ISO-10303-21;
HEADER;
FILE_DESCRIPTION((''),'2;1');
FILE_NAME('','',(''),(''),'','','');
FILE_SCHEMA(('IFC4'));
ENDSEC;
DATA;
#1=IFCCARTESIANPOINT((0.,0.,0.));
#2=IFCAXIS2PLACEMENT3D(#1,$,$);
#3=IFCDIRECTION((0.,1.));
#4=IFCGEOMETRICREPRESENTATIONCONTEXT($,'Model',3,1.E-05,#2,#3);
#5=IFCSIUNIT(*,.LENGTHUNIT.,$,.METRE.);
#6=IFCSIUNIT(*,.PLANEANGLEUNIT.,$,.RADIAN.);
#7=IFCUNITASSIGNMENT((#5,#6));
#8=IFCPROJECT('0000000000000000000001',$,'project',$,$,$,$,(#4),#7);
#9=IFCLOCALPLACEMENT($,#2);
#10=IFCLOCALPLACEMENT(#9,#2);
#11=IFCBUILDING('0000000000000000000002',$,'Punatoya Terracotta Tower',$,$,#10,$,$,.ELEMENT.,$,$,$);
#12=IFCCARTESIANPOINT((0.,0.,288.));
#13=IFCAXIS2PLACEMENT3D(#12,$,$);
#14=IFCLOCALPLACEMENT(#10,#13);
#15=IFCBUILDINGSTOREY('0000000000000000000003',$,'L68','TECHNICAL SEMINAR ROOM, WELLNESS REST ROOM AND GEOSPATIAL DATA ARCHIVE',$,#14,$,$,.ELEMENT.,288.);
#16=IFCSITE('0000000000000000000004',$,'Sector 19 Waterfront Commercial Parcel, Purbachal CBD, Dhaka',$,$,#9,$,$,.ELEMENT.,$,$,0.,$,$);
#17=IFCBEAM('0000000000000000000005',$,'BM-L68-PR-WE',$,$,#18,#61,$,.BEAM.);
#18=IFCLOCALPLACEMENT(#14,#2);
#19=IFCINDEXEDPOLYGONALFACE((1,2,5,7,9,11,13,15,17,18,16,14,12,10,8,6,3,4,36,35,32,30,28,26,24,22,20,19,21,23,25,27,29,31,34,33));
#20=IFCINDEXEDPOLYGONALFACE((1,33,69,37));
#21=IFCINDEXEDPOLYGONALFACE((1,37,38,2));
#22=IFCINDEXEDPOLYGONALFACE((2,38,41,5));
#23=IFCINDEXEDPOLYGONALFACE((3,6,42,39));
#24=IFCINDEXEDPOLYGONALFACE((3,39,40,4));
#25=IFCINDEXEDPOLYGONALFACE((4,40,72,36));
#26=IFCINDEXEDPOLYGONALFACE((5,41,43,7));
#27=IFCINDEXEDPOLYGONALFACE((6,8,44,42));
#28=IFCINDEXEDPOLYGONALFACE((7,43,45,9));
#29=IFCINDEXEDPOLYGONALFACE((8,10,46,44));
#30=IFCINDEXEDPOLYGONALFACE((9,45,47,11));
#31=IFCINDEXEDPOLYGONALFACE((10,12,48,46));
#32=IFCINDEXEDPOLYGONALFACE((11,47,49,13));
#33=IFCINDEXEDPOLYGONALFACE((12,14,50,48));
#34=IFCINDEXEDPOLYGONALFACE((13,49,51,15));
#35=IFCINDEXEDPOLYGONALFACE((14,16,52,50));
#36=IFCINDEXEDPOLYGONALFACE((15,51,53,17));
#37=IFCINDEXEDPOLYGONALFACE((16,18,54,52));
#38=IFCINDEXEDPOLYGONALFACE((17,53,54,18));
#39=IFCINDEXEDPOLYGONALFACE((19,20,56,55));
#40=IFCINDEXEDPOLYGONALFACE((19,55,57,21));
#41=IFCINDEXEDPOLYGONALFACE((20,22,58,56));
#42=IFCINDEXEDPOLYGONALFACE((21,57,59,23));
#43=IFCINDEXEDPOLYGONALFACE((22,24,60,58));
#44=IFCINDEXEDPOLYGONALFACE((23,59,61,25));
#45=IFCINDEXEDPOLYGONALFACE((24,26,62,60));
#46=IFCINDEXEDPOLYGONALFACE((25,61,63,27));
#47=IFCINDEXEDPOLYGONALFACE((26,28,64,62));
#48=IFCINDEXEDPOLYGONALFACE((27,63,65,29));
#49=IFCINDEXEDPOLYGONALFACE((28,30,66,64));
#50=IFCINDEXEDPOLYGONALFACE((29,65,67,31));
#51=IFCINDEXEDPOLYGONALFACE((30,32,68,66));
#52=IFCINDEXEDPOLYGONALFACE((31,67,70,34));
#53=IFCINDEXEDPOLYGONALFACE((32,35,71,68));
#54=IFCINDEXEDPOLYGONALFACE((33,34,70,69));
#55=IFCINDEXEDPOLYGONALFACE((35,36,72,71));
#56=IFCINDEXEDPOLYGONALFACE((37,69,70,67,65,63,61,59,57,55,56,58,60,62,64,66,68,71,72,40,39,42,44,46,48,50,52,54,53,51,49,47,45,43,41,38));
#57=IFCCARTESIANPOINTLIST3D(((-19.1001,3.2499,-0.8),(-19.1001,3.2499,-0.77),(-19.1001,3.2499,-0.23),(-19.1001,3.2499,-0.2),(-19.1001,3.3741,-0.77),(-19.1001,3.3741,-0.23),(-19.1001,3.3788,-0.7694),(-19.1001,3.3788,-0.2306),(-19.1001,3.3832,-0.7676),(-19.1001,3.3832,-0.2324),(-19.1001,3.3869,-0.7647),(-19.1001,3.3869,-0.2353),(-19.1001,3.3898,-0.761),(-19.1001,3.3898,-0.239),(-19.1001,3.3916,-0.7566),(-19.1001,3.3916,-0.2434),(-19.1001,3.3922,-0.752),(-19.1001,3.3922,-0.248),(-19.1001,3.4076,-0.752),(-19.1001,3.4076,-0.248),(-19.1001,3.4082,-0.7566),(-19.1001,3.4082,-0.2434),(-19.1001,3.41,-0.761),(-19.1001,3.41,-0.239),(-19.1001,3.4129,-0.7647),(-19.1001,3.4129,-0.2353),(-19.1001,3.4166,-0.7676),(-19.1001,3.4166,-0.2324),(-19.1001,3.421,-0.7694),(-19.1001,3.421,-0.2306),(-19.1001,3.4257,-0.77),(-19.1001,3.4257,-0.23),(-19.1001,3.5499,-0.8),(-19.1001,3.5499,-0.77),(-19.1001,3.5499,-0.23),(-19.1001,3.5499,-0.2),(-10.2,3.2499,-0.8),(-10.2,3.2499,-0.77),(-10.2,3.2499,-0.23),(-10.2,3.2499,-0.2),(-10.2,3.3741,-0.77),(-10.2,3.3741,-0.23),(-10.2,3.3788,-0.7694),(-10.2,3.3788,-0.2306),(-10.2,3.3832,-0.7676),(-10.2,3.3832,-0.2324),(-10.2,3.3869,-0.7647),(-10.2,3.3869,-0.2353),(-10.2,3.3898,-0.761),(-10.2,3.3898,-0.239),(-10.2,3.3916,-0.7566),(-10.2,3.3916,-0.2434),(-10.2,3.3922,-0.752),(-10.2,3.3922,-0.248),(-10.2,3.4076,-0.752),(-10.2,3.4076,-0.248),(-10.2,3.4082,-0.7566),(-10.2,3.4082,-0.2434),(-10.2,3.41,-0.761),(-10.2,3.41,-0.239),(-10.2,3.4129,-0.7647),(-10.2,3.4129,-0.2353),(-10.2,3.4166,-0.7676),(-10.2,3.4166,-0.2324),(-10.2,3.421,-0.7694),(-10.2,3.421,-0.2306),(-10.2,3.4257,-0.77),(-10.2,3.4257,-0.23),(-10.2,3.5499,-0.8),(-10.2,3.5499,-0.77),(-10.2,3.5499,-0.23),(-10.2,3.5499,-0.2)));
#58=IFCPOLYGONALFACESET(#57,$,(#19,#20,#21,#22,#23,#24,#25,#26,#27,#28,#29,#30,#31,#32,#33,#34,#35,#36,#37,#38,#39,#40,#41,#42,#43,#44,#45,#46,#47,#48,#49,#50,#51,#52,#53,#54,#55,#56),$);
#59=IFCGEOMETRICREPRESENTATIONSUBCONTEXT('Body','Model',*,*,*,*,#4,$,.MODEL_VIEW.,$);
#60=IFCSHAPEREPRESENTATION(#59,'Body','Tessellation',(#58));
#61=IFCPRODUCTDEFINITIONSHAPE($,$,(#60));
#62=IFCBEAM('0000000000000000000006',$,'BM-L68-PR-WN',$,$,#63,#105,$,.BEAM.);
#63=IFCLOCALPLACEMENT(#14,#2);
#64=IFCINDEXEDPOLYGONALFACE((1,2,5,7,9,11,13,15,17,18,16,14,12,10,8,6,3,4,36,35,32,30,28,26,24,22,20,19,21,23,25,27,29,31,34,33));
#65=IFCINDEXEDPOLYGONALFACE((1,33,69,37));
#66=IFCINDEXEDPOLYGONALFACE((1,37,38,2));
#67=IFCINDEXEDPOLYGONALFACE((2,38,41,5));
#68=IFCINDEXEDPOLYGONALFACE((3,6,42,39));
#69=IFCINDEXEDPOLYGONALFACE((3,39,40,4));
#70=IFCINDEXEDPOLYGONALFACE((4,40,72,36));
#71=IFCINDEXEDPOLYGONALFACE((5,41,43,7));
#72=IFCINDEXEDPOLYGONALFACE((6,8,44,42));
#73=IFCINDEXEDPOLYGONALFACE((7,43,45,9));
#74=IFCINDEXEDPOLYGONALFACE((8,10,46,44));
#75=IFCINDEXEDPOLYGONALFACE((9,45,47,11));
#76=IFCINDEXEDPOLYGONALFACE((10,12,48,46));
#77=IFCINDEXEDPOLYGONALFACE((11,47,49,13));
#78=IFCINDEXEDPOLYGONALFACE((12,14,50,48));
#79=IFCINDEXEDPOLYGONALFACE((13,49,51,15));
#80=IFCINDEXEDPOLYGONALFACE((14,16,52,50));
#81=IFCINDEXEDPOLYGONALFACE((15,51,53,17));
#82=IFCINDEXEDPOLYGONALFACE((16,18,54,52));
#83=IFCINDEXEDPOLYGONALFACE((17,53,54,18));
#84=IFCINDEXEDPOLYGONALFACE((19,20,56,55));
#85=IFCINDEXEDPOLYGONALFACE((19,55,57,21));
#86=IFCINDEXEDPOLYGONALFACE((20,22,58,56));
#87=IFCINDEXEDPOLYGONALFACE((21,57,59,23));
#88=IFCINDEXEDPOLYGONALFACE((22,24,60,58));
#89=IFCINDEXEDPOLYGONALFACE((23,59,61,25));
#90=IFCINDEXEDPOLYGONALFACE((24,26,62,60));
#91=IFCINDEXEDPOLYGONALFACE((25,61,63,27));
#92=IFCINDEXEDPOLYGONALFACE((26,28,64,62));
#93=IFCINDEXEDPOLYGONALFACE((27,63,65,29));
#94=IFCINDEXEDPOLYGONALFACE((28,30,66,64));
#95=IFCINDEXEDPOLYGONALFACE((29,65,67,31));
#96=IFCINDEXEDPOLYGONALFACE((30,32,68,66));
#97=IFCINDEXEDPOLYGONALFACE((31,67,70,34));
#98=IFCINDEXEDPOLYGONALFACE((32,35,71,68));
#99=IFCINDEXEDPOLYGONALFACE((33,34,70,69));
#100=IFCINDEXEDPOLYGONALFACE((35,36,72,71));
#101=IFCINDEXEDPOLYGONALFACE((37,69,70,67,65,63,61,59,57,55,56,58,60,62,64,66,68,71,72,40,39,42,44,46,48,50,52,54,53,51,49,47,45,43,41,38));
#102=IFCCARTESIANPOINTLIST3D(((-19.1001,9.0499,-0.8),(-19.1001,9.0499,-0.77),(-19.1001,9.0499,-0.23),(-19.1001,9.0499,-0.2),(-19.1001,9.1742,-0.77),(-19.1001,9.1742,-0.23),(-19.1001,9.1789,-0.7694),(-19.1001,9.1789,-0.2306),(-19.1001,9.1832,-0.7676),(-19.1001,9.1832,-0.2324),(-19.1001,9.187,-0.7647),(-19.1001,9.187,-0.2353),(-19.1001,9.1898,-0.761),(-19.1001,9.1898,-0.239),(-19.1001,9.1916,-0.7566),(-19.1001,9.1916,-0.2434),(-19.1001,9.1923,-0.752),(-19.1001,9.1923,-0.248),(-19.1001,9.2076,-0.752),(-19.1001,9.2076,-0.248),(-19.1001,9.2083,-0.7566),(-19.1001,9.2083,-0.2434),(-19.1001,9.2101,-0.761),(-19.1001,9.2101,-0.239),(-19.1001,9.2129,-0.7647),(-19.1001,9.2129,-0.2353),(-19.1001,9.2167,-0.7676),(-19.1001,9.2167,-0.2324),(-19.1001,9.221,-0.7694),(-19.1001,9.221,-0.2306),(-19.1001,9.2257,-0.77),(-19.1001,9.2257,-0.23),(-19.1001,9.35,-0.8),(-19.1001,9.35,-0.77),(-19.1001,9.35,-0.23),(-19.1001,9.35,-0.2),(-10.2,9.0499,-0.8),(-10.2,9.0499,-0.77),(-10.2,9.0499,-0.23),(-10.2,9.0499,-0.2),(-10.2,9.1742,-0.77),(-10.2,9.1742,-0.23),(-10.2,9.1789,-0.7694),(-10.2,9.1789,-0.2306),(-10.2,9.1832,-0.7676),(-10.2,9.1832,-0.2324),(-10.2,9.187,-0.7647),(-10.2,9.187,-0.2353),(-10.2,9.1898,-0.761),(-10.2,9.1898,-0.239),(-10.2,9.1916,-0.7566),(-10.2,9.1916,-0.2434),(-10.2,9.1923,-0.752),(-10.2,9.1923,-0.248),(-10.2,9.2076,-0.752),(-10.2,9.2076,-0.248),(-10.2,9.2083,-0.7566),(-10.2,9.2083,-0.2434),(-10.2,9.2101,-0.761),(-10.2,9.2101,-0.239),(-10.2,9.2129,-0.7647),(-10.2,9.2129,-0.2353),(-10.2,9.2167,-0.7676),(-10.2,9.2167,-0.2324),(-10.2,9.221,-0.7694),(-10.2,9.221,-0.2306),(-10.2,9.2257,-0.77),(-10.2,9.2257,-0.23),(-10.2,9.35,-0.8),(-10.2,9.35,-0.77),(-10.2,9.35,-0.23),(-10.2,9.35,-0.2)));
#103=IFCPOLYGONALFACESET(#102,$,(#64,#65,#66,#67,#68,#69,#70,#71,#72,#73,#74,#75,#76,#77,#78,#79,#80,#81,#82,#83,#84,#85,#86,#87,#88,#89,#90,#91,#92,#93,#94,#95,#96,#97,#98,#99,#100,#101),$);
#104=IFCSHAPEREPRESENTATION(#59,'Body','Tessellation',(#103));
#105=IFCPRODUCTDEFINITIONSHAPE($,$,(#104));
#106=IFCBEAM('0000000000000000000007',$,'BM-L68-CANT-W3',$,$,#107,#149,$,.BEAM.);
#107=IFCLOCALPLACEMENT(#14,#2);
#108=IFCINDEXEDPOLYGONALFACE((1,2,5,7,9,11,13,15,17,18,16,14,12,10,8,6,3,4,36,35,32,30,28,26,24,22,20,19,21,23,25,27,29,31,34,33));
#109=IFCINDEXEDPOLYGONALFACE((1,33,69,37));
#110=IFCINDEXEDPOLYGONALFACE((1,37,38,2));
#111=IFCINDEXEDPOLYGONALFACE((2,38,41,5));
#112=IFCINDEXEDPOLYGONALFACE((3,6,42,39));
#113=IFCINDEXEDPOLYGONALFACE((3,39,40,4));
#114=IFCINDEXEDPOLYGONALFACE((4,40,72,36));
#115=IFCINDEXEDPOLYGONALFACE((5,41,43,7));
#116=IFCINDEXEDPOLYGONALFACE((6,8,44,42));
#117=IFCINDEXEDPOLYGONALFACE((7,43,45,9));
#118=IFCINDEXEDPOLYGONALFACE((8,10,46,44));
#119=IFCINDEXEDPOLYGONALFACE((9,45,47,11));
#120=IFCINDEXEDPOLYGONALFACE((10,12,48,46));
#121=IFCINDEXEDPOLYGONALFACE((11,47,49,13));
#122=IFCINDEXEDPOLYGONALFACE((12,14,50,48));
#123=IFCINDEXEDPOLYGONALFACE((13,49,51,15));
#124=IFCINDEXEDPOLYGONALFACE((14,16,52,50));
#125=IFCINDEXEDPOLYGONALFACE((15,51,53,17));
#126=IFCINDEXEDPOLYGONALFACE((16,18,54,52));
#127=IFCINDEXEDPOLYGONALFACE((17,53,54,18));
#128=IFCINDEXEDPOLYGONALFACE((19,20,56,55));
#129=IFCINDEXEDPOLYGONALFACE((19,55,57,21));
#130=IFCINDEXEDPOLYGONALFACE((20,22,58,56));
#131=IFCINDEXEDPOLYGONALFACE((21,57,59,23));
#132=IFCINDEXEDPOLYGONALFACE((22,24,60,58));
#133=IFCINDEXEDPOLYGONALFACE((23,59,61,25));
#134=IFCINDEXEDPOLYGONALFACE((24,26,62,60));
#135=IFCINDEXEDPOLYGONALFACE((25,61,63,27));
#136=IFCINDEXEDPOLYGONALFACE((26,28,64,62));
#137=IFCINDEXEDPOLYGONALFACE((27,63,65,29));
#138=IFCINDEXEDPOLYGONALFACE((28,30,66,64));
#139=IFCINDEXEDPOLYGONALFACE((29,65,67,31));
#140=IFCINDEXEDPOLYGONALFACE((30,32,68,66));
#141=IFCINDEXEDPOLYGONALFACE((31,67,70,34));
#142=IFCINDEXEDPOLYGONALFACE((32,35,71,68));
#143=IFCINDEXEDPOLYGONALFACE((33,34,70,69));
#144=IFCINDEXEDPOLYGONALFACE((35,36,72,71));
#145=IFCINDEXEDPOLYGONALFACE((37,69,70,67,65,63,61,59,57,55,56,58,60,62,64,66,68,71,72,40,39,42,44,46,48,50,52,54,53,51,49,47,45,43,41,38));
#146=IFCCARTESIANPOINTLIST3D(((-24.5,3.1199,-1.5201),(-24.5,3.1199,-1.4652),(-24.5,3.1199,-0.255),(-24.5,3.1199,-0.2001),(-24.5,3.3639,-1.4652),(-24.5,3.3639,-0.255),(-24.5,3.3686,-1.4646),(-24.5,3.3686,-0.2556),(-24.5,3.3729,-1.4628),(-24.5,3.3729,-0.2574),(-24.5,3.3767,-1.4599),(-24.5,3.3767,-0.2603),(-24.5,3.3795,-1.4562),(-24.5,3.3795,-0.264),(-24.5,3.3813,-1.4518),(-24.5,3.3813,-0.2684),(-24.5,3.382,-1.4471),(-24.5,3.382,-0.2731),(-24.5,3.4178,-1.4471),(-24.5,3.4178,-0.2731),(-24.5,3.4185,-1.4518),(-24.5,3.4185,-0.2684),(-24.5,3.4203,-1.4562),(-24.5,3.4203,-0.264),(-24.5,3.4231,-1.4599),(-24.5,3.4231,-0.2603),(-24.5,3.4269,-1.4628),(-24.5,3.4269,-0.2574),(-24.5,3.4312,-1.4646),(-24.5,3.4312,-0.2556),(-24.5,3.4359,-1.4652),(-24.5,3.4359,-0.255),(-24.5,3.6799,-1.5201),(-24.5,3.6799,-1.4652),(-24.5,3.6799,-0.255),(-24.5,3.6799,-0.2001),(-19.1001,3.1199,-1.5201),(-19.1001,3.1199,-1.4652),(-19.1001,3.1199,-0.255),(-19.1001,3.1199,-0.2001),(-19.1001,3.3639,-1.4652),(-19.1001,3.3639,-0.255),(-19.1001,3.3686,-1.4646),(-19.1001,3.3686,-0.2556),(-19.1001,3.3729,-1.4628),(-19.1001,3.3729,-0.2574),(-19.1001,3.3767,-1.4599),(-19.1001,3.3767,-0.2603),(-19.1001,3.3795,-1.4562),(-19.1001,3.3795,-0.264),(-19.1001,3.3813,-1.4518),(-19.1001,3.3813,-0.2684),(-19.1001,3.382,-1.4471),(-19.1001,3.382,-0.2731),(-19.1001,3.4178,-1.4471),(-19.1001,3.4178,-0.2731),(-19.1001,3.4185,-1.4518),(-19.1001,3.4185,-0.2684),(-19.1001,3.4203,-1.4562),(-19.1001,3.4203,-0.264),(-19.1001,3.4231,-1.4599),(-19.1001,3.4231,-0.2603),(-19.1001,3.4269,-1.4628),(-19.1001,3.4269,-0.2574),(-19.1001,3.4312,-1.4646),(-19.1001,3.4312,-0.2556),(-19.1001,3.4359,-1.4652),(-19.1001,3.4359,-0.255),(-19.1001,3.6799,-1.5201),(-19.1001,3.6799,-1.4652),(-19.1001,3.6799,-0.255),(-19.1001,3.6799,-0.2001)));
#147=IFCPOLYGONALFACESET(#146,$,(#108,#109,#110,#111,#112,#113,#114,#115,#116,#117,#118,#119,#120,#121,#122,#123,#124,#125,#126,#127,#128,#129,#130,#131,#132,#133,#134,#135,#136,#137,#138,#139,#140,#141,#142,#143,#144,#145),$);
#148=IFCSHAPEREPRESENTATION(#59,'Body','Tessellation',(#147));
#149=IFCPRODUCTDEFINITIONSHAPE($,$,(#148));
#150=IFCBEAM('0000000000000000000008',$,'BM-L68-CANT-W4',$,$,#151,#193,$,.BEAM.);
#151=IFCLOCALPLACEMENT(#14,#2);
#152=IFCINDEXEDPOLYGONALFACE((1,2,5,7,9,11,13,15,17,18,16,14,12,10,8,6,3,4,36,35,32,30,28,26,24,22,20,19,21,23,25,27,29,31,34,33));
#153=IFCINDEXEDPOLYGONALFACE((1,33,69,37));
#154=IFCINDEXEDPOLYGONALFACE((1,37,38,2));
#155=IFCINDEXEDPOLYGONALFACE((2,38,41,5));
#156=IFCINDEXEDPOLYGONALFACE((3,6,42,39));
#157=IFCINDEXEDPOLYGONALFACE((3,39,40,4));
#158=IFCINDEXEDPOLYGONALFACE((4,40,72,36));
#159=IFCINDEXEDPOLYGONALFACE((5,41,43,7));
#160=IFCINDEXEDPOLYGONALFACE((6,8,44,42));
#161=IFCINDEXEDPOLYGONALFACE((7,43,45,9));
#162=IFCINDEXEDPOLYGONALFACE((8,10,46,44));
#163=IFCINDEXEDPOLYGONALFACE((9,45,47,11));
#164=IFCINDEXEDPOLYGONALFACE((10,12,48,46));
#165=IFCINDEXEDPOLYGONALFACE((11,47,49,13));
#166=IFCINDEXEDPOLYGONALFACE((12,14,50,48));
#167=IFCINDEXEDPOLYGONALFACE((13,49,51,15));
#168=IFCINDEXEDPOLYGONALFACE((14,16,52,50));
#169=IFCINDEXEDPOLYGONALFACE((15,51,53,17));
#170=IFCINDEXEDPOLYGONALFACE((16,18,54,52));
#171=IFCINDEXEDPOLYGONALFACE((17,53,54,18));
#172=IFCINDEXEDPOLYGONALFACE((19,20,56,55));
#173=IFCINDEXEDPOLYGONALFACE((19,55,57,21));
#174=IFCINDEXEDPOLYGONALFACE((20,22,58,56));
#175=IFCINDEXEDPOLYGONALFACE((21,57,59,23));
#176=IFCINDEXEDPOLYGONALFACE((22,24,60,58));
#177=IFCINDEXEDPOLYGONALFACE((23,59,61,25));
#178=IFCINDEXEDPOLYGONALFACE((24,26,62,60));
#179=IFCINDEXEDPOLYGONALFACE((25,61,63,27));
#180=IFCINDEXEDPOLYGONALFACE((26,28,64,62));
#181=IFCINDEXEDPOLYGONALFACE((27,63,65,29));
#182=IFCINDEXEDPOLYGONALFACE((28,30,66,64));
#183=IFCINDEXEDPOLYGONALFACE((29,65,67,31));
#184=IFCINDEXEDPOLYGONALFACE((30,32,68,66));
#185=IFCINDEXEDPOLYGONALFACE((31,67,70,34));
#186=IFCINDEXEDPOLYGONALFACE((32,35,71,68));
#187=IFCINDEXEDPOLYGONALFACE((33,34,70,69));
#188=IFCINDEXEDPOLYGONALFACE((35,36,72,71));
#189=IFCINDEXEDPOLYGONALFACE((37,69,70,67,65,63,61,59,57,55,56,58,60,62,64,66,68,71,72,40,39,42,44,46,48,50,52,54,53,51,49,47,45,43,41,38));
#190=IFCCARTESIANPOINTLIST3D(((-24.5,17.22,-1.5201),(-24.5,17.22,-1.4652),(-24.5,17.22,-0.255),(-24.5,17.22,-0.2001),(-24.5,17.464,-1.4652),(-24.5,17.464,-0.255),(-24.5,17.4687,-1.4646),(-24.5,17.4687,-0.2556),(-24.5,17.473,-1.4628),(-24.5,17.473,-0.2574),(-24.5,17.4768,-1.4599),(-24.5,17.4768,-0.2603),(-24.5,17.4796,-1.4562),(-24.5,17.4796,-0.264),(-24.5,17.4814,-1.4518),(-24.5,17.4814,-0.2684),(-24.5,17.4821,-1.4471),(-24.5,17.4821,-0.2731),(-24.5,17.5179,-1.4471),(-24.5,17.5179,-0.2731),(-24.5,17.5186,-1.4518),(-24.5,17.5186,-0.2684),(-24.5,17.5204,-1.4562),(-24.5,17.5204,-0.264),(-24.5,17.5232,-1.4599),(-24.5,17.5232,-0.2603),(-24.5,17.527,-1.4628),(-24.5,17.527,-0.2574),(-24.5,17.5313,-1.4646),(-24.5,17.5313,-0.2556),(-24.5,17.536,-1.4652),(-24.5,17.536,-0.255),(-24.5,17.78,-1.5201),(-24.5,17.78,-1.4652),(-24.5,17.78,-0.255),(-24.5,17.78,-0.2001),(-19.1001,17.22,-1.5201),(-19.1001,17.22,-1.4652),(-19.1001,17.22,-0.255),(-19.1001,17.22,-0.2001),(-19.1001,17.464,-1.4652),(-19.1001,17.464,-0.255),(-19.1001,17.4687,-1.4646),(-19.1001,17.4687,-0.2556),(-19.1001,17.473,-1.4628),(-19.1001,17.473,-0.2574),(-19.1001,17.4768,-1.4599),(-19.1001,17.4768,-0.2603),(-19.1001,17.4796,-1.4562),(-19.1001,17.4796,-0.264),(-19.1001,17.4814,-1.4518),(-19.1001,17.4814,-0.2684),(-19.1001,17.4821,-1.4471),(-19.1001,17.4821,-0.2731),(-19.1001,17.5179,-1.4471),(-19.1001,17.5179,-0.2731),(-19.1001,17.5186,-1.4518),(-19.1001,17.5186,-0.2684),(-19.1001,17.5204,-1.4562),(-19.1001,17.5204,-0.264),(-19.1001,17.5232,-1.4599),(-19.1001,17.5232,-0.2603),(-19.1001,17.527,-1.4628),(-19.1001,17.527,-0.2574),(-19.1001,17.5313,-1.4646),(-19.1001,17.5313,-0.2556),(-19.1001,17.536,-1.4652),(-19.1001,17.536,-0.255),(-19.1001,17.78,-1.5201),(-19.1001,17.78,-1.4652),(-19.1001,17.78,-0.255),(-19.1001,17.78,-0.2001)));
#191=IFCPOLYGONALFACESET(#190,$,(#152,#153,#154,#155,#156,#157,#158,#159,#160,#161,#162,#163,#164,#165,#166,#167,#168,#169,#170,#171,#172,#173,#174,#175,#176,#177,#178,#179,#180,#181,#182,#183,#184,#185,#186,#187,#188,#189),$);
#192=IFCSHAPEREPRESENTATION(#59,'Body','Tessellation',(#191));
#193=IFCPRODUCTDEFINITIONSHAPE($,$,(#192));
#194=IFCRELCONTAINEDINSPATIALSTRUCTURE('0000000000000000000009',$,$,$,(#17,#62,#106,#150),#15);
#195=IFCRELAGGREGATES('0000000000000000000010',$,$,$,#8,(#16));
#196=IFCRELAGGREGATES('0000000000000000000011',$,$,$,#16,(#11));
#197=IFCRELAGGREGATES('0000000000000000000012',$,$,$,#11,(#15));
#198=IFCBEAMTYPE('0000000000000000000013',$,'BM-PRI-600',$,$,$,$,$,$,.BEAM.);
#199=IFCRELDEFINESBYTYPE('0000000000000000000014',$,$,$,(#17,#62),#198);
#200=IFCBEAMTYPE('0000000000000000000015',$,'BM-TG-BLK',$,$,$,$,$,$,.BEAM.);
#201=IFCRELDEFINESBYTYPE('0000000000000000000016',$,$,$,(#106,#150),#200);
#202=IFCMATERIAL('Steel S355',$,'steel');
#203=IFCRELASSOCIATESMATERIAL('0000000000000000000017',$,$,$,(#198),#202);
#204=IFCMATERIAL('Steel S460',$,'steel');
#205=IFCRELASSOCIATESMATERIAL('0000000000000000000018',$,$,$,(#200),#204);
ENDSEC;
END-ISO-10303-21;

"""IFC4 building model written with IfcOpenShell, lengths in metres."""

from ifc_helpers import new_model, si_unit, direction, frame, origin, origin_2d, place, context, subcontext, project, spatial, i_section, extrude, material, material_profile, profile_set, type_object, element, save


model = new_model("IFC4")

# Units and contexts
model_context = context("Model", 3, precision=1e-05, world=origin(), true_north=direction((0.0, 1.0)))
body_context = subcontext(model_context, "Body", "Model", "MODEL_VIEW")
ifc_project = project(units=[si_unit("LENGTHUNIT", "METRE"), si_unit("PLANEANGLEUNIT", "RADIAN")], contexts=[model_context])

# Site, building, storey
site_placement = place(None, origin())
site = spatial("IfcSite", under=ifc_project, at=site_placement, Name="Sector 19 Waterfront Commercial Parcel, Purbachal CBD, Dhaka", CompositionType="ELEMENT", RefElevation=0.0)
building_placement = place(site_placement, origin())
building = spatial("IfcBuilding", under=site, at=building_placement, Name="Punatoya Terracotta Tower", CompositionType="ELEMENT")
storey_placement = place(building_placement, frame((0.0, 0.0, 288.0)))
storey = spatial("IfcBuildingStorey", under=building, at=storey_placement, Name="L68", Description="TECHNICAL SEMINAR ROOM, WELLNESS REST ROOM AND GEOSPATIAL DATA ARCHIVE", CompositionType="ELEMENT", Elevation=288.0)

# Shared definitions
ifc_material_1 = material(Name="Steel S460", Category="steel")

# Beams
ifc_material_2 = material(Name="Steel S355", Category="steel")
ifc_material_profile_1 = material_profile(ifc_material_2, i_section(OverallWidth=0.3, OverallDepth=0.6001, WebThickness=0.0154, FlangeThickness=0.03, FilletRadius=0.0181, at=origin_2d()))
ifc_profile_set_1 = profile_set([ifc_material_profile_1], Name="Steel S355")
beam_type_1 = type_object("IfcBeamType", Name="BM-PRI-600", PredefinedType="BEAM", material=ifc_profile_set_1)
for number, where, z_axis, x_axis, name in (
    (1, (-19.1001, 3.3999, -0.5), (1.0, 0.0, 0.0), (0.0, 1.0, 0.0), "BM-L68-PR-WE"),
    (2, (-19.1001, 9.2, -0.5), (1.0, 0.0, 0.0), (0.0, 1.0, 0.0), "BM-L68-PR-WN"),
):
    element("IfcBeam", number, at=place(storey_placement, frame(where, z_axis=z_axis, x_axis=x_axis)), inside=storey, type_object=beam_type_1, Name=name, PredefinedType="BEAM", context=body_context, shape_type="SweptSolid", body=[
        extrude(i_section(OverallWidth=0.3, OverallDepth=0.6001, WebThickness=0.0154, FlangeThickness=0.03, FilletRadius=0.0181, at=origin_2d()), origin(), (0.0, 0.0, 1.0), 8.9001),
    ])
ifc_material_profile_2 = material_profile(ifc_material_1, i_section(OverallWidth=0.5601, OverallDepth=1.3201, WebThickness=0.0359, FlangeThickness=0.0549, FilletRadius=0.0181, at=origin_2d()))
ifc_profile_set_2 = profile_set([ifc_material_profile_2], Name="Steel S460")
beam_type_2 = type_object("IfcBeamType", Name="BM-TG-BLK", PredefinedType="BEAM", material=ifc_profile_set_2)
for number, where, z_axis, x_axis, name in (
    (3, (-24.5, 3.3999, -0.8601), (1.0, 0.0, 0.0), (0.0, 1.0, 0.0), "BM-L68-CANT-W3"),
    (4, (-24.5, 17.5, -0.8601), (1.0, 0.0, 0.0), (0.0, 1.0, 0.0), "BM-L68-CANT-W4"),
):
    element("IfcBeam", number, at=place(storey_placement, frame(where, z_axis=z_axis, x_axis=x_axis)), inside=storey, type_object=beam_type_2, Name=name, PredefinedType="BEAM", context=body_context, shape_type="SweptSolid", body=[
        extrude(i_section(OverallWidth=0.5601, OverallDepth=1.3201, WebThickness=0.0359, FlangeThickness=0.0549, FilletRadius=0.0181, at=origin_2d()), origin(), (0.0, 0.0, 1.0), 5.3999),
    ])

save(model, "model.ifc")
